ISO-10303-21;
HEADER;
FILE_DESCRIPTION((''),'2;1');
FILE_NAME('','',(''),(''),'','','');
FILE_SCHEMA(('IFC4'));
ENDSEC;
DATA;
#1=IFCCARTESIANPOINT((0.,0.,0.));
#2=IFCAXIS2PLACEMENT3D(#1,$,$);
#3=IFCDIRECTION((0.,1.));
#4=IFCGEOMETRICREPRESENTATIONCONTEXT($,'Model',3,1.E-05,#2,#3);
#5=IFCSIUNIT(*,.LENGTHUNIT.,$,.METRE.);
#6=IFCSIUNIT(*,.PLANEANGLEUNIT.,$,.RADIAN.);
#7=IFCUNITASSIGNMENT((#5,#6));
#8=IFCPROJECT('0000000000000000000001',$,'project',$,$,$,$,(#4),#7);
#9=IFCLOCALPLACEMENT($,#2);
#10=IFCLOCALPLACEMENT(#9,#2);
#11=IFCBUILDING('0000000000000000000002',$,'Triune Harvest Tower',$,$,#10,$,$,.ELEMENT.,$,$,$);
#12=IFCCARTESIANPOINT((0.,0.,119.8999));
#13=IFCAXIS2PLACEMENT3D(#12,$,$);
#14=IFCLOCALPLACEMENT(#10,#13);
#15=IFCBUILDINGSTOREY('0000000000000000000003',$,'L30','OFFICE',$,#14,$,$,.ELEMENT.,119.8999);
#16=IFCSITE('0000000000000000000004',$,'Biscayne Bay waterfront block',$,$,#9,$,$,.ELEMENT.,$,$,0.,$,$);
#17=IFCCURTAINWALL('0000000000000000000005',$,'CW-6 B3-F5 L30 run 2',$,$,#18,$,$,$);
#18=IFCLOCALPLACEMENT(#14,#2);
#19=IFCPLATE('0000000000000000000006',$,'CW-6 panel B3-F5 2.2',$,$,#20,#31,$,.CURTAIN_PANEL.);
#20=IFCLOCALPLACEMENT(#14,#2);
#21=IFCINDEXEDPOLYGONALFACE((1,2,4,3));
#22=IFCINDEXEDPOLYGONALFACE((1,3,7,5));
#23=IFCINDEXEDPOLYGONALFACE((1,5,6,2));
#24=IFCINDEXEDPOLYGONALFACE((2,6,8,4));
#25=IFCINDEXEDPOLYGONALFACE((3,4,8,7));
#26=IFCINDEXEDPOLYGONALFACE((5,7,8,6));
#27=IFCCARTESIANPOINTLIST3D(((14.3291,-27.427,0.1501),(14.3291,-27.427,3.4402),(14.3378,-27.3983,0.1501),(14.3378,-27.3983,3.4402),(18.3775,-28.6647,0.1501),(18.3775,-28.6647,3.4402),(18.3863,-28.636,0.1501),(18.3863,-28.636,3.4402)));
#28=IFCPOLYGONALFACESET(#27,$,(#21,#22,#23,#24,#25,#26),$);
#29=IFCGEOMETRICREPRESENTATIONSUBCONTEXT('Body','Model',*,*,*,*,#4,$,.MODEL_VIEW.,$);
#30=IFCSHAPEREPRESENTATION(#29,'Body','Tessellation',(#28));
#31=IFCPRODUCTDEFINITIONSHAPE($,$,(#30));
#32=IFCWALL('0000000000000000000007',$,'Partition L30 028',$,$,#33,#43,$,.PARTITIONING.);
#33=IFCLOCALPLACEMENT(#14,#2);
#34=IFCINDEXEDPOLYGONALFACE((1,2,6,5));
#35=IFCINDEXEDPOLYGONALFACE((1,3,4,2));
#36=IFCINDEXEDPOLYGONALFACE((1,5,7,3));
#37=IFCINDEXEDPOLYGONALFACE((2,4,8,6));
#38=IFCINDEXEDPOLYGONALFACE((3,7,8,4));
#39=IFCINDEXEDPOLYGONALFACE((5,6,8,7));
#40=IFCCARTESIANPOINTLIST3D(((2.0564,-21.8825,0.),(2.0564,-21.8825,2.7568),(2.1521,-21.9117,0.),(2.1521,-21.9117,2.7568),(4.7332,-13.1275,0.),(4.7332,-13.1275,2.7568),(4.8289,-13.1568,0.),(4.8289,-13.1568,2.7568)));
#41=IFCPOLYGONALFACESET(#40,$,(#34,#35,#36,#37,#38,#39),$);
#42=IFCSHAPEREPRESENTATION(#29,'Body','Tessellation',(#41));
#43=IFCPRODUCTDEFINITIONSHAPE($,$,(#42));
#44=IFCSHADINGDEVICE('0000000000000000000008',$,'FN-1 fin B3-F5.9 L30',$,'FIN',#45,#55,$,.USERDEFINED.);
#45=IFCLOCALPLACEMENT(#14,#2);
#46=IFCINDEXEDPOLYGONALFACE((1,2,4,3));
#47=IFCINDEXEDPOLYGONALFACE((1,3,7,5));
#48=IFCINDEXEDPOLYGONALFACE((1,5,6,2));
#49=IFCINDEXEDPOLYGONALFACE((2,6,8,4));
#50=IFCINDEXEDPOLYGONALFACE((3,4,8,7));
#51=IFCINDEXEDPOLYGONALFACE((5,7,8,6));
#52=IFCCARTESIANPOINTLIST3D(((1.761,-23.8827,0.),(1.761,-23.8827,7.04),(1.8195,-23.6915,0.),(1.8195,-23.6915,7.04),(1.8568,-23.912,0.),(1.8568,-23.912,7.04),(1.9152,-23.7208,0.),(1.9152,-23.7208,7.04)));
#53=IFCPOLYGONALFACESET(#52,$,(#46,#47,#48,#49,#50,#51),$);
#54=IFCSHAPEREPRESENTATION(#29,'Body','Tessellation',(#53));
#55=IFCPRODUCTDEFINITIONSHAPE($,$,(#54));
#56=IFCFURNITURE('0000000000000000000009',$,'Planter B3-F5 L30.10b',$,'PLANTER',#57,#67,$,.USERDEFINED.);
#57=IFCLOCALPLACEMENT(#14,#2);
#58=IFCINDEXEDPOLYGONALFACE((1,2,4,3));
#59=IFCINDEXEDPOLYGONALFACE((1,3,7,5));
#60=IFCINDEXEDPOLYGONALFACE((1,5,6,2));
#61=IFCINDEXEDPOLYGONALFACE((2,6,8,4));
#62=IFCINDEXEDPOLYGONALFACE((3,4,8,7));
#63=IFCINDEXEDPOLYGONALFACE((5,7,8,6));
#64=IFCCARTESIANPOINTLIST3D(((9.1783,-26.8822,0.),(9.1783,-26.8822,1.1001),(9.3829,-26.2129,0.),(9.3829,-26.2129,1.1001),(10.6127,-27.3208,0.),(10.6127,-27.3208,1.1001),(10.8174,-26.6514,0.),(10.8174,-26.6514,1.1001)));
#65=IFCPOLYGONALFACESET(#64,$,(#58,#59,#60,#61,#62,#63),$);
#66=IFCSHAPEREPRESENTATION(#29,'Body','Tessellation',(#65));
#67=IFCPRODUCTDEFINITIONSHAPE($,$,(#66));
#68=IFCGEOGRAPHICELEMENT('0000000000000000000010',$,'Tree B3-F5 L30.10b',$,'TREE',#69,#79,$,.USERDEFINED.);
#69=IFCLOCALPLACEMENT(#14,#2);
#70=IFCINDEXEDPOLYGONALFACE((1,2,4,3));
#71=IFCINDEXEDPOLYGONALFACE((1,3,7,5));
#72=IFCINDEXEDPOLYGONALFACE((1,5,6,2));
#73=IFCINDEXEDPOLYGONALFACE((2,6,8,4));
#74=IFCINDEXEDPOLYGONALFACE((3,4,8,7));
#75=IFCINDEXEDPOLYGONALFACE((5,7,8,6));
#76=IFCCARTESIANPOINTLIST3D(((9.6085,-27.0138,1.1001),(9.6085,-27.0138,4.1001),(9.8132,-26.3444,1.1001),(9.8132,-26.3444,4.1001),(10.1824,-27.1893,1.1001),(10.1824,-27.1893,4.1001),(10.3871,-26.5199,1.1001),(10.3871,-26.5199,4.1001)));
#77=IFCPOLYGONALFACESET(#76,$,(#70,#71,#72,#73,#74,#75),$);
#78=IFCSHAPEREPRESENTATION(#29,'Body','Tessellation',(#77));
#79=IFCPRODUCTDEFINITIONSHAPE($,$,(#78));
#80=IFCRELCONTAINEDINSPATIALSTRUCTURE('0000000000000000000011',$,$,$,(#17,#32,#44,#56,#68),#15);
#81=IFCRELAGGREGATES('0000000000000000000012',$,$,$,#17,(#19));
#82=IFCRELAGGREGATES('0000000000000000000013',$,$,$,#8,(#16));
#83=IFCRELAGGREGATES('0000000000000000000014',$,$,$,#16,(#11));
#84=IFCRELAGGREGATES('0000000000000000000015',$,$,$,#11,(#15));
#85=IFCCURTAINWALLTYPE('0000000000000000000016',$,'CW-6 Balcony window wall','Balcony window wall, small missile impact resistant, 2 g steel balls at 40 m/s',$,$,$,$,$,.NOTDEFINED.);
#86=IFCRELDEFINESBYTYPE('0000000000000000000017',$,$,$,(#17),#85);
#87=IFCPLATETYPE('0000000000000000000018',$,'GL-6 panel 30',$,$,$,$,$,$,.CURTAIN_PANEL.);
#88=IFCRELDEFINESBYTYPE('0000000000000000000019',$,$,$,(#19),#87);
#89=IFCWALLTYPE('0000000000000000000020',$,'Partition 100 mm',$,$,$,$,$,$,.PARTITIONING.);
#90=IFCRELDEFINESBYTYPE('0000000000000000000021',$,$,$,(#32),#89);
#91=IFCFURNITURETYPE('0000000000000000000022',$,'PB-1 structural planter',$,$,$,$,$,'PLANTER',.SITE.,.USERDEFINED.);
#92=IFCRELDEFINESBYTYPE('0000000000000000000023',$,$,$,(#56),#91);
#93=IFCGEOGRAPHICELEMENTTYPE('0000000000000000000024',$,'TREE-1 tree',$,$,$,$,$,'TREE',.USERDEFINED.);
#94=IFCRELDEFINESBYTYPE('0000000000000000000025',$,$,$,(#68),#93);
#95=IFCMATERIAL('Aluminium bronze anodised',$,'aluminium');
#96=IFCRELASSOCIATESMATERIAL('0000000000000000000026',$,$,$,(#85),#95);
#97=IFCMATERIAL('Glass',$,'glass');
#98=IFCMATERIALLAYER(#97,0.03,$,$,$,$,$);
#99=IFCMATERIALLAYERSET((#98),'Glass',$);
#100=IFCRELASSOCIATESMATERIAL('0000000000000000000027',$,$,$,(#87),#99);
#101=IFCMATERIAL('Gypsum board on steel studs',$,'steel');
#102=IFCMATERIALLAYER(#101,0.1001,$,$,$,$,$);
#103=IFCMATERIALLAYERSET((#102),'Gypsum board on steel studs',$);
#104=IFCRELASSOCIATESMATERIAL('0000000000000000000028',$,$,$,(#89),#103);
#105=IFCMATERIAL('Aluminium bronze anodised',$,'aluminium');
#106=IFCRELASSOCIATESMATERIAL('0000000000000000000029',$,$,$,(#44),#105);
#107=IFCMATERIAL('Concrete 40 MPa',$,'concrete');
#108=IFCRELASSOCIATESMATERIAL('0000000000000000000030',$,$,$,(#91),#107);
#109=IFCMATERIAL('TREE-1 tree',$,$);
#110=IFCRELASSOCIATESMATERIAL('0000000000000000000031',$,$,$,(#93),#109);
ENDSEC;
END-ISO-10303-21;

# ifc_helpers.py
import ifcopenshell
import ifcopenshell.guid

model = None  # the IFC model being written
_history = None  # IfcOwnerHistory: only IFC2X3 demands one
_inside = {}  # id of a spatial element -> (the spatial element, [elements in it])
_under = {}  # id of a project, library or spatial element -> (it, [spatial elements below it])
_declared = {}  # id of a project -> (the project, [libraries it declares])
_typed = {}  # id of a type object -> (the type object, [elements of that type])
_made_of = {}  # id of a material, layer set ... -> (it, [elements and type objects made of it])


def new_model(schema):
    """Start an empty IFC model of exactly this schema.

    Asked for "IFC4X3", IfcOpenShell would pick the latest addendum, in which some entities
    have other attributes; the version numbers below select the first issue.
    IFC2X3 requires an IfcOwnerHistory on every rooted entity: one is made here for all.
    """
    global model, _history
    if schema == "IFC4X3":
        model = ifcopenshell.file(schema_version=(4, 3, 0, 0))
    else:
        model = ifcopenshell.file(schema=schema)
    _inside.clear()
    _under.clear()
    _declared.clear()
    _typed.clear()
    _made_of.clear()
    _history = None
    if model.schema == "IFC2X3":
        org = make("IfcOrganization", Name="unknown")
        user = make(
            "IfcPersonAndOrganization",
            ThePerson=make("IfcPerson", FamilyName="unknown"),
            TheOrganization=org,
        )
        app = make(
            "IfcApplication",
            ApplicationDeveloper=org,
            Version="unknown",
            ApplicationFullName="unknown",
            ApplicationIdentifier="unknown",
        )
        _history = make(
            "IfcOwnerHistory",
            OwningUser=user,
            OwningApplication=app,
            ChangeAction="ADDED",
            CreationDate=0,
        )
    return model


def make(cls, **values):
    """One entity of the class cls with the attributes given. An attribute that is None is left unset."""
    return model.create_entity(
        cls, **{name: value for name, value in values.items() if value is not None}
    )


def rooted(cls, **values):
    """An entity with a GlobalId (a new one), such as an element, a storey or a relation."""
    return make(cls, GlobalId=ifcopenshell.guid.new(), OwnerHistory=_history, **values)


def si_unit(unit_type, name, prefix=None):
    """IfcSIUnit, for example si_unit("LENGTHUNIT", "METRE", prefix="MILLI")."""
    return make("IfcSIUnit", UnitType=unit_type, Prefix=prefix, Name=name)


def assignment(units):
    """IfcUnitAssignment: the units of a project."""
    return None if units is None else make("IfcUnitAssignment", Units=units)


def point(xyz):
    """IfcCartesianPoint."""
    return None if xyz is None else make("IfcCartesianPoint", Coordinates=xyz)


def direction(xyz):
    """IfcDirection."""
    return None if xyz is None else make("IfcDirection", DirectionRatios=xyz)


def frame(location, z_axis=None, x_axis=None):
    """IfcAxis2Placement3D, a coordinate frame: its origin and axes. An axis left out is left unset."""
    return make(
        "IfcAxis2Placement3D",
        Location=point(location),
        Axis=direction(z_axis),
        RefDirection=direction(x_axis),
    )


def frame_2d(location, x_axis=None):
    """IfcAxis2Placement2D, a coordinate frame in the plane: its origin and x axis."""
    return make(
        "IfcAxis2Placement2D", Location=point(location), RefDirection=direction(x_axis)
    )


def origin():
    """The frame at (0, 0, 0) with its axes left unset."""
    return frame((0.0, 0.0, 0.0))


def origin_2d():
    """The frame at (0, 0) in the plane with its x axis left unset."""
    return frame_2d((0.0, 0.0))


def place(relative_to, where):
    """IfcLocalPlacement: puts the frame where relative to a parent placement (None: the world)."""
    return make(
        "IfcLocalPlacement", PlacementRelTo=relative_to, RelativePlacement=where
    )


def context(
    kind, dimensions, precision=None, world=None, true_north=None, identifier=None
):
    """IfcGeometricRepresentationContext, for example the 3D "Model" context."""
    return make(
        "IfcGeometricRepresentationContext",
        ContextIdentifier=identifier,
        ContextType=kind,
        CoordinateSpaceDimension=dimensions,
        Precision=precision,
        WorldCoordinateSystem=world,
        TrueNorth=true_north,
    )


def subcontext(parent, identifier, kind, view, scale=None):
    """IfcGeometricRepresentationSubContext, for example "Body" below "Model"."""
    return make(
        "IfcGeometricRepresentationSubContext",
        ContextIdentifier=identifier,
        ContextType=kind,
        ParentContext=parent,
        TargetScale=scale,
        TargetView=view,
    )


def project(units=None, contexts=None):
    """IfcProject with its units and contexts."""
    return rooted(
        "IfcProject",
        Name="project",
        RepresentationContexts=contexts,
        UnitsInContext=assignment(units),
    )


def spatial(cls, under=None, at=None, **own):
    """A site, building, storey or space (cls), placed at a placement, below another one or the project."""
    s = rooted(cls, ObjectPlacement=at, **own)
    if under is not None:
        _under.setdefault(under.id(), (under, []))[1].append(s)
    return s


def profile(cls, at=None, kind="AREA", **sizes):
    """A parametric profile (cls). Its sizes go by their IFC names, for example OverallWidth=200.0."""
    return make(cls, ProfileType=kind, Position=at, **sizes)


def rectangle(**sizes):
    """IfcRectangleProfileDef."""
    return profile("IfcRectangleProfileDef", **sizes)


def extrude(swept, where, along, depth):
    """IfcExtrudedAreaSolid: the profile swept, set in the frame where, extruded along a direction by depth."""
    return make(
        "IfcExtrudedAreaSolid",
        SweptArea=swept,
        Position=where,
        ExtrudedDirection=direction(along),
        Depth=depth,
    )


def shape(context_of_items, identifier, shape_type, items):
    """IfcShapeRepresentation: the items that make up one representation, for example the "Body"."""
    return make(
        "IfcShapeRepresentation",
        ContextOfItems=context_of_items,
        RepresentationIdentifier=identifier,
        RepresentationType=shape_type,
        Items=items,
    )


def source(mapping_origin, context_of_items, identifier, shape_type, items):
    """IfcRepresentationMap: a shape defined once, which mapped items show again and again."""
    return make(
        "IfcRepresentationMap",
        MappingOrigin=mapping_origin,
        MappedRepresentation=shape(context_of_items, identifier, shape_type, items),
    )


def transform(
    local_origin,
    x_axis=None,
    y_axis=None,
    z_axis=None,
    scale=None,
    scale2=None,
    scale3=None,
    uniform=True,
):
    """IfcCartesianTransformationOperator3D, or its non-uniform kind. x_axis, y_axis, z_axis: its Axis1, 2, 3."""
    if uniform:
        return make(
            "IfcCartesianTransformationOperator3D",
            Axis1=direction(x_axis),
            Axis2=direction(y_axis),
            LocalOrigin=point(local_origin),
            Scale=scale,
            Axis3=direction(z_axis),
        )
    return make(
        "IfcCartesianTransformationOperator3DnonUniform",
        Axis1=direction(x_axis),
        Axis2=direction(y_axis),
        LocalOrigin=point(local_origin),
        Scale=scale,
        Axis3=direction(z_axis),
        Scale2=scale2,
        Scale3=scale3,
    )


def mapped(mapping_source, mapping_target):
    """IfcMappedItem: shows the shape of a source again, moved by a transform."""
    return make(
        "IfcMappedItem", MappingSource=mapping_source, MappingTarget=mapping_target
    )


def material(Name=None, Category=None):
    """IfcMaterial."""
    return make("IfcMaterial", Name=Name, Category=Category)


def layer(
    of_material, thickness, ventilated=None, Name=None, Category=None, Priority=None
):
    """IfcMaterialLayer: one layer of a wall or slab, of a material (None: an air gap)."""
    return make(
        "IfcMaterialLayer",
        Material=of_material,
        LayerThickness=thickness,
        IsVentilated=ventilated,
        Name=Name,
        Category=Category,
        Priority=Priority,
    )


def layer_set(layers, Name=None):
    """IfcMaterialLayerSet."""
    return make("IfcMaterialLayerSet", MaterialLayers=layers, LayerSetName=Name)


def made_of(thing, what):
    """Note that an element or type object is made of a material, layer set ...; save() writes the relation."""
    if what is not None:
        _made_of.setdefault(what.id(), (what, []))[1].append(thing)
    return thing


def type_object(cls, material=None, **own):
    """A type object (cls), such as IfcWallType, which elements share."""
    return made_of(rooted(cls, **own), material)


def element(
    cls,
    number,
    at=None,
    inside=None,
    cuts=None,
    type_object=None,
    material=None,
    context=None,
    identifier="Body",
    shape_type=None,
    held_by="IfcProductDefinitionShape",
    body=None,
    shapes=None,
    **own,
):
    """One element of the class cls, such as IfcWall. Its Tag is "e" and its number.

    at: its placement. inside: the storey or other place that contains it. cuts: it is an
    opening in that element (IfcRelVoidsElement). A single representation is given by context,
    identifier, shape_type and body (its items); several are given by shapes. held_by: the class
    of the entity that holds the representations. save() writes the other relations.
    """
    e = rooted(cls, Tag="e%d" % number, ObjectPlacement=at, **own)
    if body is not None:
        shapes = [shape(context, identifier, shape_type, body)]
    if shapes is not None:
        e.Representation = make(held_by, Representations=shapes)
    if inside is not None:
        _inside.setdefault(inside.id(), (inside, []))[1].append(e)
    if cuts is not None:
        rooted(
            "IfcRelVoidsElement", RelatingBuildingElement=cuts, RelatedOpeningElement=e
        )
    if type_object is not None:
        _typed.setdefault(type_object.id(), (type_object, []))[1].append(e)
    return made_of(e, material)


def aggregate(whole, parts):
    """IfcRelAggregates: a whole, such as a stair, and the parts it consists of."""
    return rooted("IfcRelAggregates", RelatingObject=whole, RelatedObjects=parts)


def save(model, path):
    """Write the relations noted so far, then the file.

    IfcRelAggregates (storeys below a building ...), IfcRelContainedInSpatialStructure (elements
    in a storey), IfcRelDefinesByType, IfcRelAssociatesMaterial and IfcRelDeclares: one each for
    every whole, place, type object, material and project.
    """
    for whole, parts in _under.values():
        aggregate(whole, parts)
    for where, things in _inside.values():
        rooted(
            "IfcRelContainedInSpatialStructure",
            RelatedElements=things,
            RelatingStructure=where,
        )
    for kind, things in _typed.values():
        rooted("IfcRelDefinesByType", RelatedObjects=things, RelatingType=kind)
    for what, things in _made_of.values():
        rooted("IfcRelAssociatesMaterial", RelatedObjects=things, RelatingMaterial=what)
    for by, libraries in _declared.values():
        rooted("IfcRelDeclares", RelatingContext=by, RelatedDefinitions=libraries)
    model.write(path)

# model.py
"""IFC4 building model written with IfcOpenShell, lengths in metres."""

from ifc_helpers import new_model, si_unit, direction, frame, frame_2d, origin, origin_2d, place, context, subcontext, project, spatial, rectangle, extrude, source, transform, mapped, material, layer, layer_set, type_object, element, aggregate, save


model = new_model("IFC4")

# Units and contexts
model_context = context("Model", 3, precision=1e-05, world=origin(), true_north=direction((0.0, 1.0)))
body_context = subcontext(model_context, "Body", "Model", "MODEL_VIEW")
ifc_project = project(units=[si_unit("LENGTHUNIT", "METRE"), si_unit("PLANEANGLEUNIT", "RADIAN")], contexts=[model_context])

# Site, building, storey
site_placement = place(None, origin())
site = spatial("IfcSite", under=ifc_project, at=site_placement, Name="Biscayne Bay waterfront block", CompositionType="ELEMENT", RefElevation=0.0)
building_placement = place(site_placement, origin())
building = spatial("IfcBuilding", under=site, at=building_placement, Name="Triune Harvest Tower", CompositionType="ELEMENT")
storey_placement = place(building_placement, frame((0.0, 0.0, 119.8999)))
storey = spatial("IfcBuildingStorey", under=building, at=storey_placement, Name="L30", Description="OFFICE", CompositionType="ELEMENT", Elevation=119.8999)

# Curtain wall
ifc_material_1 = material(Name="Aluminium bronze anodised", Category="aluminium")
curtain_wall_type_1 = type_object("IfcCurtainWallType", Name="CW-6 Balcony window wall", Description="Balcony window wall, small missile impact resistant, 2 g steel balls at 40 m/s", PredefinedType="NOTDEFINED", material=ifc_material_1)
curtain_wall_1_placement = place(storey_placement, origin())
curtain_wall_1 = element("IfcCurtainWall", 1, at=curtain_wall_1_placement, inside=storey, type_object=curtain_wall_type_1, Name="CW-6 B3-F5 L30 run 2")

# Plate
ifc_material_2 = material(Name="Glass", Category="glass")
ifc_layer_1 = layer(ifc_material_2, 0.03)
ifc_layer_set_1 = layer_set([ifc_layer_1], Name="Glass")
plate_type_1 = type_object("IfcPlateType", Name="GL-6 panel 30", PredefinedType="CURTAIN_PANEL", material=ifc_layer_set_1)
shared_shape_1 = source(origin(), body_context, "Body", "SweptSolid", [
    extrude(rectangle(XDim=4.2334, YDim=0.03, at=origin_2d()), origin(), (0.0, 0.0, 1.0), 3.29),
])
plate_1_placement = place(storey_placement, frame((16.3577, -28.0315, 0.1501), z_axis=(0.0, 0.0, 1.0), x_axis=(0.956304, -0.292373, 0.0)))
plate_1 = element("IfcPlate", 2, at=plate_1_placement, type_object=plate_type_1, Name="CW-6 panel B3-F5 2.2", PredefinedType="CURTAIN_PANEL", context=body_context, shape_type="MappedRepresentation", body=[
    mapped(shared_shape_1, transform((0.0, 0.0, 0.0), scale=1.0)),
])
aggregate(curtain_wall_1, [plate_1])

# Shared definitions
ifc_material_3 = material(Name="Aluminium bronze anodised", Category="aluminium")

# Wall
ifc_material_4 = material(Name="Gypsum board on steel studs", Category="steel")
ifc_layer_2 = layer(ifc_material_4, 0.1001)
ifc_layer_set_2 = layer_set([ifc_layer_2], Name="Gypsum board on steel studs")
wall_type_1 = type_object("IfcWallType", Name="Partition 100 mm", PredefinedType="PARTITIONING", material=ifc_layer_set_2)
shared_shape_2 = source(origin(), body_context, "Body", "SweptSolid", [
    extrude(rectangle(XDim=9.155, YDim=0.1001, at=frame_2d((4.5776, 0.0))), origin(), (0.0, 0.0, 1.0), 2.7568),
])
wall_1_placement = place(storey_placement, frame((2.1042, -21.8972, 0.0), z_axis=(0.0, 0.0, 1.0), x_axis=(0.292384, 0.956301, 0.0)))
element("IfcWall", 3, at=wall_1_placement, inside=storey, type_object=wall_type_1, Name="Partition L30 028", PredefinedType="PARTITIONING", context=body_context, shape_type="MappedRepresentation", body=[
    mapped(shared_shape_2, transform((0.0, 0.0, 0.0), scale=1.0)),
])

# Shading device
shared_shape_3 = source(origin(), body_context, "Body", "SweptSolid", [
    extrude(rectangle(XDim=0.1001, YDim=0.2, at=origin_2d()), origin(), (0.0, 0.0, 1.0), 7.04),
])
shading_device_placement = place(storey_placement, frame((1.8381, -23.8018, 0.0), z_axis=(0.0, 0.0, 1.0), x_axis=(0.956304, -0.292373, 0.0)))
element("IfcShadingDevice", 4, at=shading_device_placement, inside=storey, material=ifc_material_3, Name="FN-1 fin B3-F5.9 L30", ObjectType="FIN", PredefinedType="USERDEFINED", context=body_context, shape_type="MappedRepresentation", body=[
    mapped(shared_shape_3, transform((0.0, 0.0, 0.0), scale=1.0)),
])

# Furniture
ifc_material_5 = material(Name="Concrete 40 MPa", Category="concrete")
furniture_type = type_object("IfcFurnitureType", Name="PB-1 structural planter", ElementType="PLANTER", AssemblyPlace="SITE", PredefinedType="USERDEFINED", material=ifc_material_5)
shared_shape_4 = source(origin(), body_context, "Body", "SweptSolid", [
    extrude(rectangle(XDim=1.5, YDim=0.7, at=origin_2d()), origin(), (0.0, 0.0, 1.0), 1.1001),
])
furniture_placement = place(storey_placement, frame((9.9978, -26.7668, 0.0), z_axis=(0.0, 0.0, 1.0), x_axis=(0.956304, -0.292373, 0.0)))
element("IfcFurniture", 5, at=furniture_placement, inside=storey, type_object=furniture_type, Name="Planter B3-F5 L30.10b", ObjectType="PLANTER", PredefinedType="USERDEFINED", context=body_context, shape_type="MappedRepresentation", body=[
    mapped(shared_shape_4, transform((0.0, 0.0, 0.0), scale=1.0)),
])

# Geographic element
ifc_material_6 = material(Name="TREE-1 tree")
geographic_element_type = type_object("IfcGeographicElementType", Name="TREE-1 tree", ElementType="TREE", PredefinedType="USERDEFINED", material=ifc_material_6)
shared_shape_5 = source(origin(), body_context, "Body", "SweptSolid", [
    extrude(rectangle(XDim=0.6001, YDim=0.7, at=origin_2d()), origin(), (0.0, 0.0, 1.0), 3.0),
])
geographic_element_placement = place(storey_placement, frame((9.9978, -26.7668, 1.1001), z_axis=(0.0, 0.0, 1.0), x_axis=(0.956304, -0.292373, 0.0)))
element("IfcGeographicElement", 6, at=geographic_element_placement, inside=storey, type_object=geographic_element_type, Name="Tree B3-F5 L30.10b", ObjectType="TREE", PredefinedType="USERDEFINED", context=body_context, shape_type="MappedRepresentation", body=[
    mapped(shared_shape_5, transform((0.0, 0.0, 0.0), scale=1.0)),
])

save(model, "model.ifc")
